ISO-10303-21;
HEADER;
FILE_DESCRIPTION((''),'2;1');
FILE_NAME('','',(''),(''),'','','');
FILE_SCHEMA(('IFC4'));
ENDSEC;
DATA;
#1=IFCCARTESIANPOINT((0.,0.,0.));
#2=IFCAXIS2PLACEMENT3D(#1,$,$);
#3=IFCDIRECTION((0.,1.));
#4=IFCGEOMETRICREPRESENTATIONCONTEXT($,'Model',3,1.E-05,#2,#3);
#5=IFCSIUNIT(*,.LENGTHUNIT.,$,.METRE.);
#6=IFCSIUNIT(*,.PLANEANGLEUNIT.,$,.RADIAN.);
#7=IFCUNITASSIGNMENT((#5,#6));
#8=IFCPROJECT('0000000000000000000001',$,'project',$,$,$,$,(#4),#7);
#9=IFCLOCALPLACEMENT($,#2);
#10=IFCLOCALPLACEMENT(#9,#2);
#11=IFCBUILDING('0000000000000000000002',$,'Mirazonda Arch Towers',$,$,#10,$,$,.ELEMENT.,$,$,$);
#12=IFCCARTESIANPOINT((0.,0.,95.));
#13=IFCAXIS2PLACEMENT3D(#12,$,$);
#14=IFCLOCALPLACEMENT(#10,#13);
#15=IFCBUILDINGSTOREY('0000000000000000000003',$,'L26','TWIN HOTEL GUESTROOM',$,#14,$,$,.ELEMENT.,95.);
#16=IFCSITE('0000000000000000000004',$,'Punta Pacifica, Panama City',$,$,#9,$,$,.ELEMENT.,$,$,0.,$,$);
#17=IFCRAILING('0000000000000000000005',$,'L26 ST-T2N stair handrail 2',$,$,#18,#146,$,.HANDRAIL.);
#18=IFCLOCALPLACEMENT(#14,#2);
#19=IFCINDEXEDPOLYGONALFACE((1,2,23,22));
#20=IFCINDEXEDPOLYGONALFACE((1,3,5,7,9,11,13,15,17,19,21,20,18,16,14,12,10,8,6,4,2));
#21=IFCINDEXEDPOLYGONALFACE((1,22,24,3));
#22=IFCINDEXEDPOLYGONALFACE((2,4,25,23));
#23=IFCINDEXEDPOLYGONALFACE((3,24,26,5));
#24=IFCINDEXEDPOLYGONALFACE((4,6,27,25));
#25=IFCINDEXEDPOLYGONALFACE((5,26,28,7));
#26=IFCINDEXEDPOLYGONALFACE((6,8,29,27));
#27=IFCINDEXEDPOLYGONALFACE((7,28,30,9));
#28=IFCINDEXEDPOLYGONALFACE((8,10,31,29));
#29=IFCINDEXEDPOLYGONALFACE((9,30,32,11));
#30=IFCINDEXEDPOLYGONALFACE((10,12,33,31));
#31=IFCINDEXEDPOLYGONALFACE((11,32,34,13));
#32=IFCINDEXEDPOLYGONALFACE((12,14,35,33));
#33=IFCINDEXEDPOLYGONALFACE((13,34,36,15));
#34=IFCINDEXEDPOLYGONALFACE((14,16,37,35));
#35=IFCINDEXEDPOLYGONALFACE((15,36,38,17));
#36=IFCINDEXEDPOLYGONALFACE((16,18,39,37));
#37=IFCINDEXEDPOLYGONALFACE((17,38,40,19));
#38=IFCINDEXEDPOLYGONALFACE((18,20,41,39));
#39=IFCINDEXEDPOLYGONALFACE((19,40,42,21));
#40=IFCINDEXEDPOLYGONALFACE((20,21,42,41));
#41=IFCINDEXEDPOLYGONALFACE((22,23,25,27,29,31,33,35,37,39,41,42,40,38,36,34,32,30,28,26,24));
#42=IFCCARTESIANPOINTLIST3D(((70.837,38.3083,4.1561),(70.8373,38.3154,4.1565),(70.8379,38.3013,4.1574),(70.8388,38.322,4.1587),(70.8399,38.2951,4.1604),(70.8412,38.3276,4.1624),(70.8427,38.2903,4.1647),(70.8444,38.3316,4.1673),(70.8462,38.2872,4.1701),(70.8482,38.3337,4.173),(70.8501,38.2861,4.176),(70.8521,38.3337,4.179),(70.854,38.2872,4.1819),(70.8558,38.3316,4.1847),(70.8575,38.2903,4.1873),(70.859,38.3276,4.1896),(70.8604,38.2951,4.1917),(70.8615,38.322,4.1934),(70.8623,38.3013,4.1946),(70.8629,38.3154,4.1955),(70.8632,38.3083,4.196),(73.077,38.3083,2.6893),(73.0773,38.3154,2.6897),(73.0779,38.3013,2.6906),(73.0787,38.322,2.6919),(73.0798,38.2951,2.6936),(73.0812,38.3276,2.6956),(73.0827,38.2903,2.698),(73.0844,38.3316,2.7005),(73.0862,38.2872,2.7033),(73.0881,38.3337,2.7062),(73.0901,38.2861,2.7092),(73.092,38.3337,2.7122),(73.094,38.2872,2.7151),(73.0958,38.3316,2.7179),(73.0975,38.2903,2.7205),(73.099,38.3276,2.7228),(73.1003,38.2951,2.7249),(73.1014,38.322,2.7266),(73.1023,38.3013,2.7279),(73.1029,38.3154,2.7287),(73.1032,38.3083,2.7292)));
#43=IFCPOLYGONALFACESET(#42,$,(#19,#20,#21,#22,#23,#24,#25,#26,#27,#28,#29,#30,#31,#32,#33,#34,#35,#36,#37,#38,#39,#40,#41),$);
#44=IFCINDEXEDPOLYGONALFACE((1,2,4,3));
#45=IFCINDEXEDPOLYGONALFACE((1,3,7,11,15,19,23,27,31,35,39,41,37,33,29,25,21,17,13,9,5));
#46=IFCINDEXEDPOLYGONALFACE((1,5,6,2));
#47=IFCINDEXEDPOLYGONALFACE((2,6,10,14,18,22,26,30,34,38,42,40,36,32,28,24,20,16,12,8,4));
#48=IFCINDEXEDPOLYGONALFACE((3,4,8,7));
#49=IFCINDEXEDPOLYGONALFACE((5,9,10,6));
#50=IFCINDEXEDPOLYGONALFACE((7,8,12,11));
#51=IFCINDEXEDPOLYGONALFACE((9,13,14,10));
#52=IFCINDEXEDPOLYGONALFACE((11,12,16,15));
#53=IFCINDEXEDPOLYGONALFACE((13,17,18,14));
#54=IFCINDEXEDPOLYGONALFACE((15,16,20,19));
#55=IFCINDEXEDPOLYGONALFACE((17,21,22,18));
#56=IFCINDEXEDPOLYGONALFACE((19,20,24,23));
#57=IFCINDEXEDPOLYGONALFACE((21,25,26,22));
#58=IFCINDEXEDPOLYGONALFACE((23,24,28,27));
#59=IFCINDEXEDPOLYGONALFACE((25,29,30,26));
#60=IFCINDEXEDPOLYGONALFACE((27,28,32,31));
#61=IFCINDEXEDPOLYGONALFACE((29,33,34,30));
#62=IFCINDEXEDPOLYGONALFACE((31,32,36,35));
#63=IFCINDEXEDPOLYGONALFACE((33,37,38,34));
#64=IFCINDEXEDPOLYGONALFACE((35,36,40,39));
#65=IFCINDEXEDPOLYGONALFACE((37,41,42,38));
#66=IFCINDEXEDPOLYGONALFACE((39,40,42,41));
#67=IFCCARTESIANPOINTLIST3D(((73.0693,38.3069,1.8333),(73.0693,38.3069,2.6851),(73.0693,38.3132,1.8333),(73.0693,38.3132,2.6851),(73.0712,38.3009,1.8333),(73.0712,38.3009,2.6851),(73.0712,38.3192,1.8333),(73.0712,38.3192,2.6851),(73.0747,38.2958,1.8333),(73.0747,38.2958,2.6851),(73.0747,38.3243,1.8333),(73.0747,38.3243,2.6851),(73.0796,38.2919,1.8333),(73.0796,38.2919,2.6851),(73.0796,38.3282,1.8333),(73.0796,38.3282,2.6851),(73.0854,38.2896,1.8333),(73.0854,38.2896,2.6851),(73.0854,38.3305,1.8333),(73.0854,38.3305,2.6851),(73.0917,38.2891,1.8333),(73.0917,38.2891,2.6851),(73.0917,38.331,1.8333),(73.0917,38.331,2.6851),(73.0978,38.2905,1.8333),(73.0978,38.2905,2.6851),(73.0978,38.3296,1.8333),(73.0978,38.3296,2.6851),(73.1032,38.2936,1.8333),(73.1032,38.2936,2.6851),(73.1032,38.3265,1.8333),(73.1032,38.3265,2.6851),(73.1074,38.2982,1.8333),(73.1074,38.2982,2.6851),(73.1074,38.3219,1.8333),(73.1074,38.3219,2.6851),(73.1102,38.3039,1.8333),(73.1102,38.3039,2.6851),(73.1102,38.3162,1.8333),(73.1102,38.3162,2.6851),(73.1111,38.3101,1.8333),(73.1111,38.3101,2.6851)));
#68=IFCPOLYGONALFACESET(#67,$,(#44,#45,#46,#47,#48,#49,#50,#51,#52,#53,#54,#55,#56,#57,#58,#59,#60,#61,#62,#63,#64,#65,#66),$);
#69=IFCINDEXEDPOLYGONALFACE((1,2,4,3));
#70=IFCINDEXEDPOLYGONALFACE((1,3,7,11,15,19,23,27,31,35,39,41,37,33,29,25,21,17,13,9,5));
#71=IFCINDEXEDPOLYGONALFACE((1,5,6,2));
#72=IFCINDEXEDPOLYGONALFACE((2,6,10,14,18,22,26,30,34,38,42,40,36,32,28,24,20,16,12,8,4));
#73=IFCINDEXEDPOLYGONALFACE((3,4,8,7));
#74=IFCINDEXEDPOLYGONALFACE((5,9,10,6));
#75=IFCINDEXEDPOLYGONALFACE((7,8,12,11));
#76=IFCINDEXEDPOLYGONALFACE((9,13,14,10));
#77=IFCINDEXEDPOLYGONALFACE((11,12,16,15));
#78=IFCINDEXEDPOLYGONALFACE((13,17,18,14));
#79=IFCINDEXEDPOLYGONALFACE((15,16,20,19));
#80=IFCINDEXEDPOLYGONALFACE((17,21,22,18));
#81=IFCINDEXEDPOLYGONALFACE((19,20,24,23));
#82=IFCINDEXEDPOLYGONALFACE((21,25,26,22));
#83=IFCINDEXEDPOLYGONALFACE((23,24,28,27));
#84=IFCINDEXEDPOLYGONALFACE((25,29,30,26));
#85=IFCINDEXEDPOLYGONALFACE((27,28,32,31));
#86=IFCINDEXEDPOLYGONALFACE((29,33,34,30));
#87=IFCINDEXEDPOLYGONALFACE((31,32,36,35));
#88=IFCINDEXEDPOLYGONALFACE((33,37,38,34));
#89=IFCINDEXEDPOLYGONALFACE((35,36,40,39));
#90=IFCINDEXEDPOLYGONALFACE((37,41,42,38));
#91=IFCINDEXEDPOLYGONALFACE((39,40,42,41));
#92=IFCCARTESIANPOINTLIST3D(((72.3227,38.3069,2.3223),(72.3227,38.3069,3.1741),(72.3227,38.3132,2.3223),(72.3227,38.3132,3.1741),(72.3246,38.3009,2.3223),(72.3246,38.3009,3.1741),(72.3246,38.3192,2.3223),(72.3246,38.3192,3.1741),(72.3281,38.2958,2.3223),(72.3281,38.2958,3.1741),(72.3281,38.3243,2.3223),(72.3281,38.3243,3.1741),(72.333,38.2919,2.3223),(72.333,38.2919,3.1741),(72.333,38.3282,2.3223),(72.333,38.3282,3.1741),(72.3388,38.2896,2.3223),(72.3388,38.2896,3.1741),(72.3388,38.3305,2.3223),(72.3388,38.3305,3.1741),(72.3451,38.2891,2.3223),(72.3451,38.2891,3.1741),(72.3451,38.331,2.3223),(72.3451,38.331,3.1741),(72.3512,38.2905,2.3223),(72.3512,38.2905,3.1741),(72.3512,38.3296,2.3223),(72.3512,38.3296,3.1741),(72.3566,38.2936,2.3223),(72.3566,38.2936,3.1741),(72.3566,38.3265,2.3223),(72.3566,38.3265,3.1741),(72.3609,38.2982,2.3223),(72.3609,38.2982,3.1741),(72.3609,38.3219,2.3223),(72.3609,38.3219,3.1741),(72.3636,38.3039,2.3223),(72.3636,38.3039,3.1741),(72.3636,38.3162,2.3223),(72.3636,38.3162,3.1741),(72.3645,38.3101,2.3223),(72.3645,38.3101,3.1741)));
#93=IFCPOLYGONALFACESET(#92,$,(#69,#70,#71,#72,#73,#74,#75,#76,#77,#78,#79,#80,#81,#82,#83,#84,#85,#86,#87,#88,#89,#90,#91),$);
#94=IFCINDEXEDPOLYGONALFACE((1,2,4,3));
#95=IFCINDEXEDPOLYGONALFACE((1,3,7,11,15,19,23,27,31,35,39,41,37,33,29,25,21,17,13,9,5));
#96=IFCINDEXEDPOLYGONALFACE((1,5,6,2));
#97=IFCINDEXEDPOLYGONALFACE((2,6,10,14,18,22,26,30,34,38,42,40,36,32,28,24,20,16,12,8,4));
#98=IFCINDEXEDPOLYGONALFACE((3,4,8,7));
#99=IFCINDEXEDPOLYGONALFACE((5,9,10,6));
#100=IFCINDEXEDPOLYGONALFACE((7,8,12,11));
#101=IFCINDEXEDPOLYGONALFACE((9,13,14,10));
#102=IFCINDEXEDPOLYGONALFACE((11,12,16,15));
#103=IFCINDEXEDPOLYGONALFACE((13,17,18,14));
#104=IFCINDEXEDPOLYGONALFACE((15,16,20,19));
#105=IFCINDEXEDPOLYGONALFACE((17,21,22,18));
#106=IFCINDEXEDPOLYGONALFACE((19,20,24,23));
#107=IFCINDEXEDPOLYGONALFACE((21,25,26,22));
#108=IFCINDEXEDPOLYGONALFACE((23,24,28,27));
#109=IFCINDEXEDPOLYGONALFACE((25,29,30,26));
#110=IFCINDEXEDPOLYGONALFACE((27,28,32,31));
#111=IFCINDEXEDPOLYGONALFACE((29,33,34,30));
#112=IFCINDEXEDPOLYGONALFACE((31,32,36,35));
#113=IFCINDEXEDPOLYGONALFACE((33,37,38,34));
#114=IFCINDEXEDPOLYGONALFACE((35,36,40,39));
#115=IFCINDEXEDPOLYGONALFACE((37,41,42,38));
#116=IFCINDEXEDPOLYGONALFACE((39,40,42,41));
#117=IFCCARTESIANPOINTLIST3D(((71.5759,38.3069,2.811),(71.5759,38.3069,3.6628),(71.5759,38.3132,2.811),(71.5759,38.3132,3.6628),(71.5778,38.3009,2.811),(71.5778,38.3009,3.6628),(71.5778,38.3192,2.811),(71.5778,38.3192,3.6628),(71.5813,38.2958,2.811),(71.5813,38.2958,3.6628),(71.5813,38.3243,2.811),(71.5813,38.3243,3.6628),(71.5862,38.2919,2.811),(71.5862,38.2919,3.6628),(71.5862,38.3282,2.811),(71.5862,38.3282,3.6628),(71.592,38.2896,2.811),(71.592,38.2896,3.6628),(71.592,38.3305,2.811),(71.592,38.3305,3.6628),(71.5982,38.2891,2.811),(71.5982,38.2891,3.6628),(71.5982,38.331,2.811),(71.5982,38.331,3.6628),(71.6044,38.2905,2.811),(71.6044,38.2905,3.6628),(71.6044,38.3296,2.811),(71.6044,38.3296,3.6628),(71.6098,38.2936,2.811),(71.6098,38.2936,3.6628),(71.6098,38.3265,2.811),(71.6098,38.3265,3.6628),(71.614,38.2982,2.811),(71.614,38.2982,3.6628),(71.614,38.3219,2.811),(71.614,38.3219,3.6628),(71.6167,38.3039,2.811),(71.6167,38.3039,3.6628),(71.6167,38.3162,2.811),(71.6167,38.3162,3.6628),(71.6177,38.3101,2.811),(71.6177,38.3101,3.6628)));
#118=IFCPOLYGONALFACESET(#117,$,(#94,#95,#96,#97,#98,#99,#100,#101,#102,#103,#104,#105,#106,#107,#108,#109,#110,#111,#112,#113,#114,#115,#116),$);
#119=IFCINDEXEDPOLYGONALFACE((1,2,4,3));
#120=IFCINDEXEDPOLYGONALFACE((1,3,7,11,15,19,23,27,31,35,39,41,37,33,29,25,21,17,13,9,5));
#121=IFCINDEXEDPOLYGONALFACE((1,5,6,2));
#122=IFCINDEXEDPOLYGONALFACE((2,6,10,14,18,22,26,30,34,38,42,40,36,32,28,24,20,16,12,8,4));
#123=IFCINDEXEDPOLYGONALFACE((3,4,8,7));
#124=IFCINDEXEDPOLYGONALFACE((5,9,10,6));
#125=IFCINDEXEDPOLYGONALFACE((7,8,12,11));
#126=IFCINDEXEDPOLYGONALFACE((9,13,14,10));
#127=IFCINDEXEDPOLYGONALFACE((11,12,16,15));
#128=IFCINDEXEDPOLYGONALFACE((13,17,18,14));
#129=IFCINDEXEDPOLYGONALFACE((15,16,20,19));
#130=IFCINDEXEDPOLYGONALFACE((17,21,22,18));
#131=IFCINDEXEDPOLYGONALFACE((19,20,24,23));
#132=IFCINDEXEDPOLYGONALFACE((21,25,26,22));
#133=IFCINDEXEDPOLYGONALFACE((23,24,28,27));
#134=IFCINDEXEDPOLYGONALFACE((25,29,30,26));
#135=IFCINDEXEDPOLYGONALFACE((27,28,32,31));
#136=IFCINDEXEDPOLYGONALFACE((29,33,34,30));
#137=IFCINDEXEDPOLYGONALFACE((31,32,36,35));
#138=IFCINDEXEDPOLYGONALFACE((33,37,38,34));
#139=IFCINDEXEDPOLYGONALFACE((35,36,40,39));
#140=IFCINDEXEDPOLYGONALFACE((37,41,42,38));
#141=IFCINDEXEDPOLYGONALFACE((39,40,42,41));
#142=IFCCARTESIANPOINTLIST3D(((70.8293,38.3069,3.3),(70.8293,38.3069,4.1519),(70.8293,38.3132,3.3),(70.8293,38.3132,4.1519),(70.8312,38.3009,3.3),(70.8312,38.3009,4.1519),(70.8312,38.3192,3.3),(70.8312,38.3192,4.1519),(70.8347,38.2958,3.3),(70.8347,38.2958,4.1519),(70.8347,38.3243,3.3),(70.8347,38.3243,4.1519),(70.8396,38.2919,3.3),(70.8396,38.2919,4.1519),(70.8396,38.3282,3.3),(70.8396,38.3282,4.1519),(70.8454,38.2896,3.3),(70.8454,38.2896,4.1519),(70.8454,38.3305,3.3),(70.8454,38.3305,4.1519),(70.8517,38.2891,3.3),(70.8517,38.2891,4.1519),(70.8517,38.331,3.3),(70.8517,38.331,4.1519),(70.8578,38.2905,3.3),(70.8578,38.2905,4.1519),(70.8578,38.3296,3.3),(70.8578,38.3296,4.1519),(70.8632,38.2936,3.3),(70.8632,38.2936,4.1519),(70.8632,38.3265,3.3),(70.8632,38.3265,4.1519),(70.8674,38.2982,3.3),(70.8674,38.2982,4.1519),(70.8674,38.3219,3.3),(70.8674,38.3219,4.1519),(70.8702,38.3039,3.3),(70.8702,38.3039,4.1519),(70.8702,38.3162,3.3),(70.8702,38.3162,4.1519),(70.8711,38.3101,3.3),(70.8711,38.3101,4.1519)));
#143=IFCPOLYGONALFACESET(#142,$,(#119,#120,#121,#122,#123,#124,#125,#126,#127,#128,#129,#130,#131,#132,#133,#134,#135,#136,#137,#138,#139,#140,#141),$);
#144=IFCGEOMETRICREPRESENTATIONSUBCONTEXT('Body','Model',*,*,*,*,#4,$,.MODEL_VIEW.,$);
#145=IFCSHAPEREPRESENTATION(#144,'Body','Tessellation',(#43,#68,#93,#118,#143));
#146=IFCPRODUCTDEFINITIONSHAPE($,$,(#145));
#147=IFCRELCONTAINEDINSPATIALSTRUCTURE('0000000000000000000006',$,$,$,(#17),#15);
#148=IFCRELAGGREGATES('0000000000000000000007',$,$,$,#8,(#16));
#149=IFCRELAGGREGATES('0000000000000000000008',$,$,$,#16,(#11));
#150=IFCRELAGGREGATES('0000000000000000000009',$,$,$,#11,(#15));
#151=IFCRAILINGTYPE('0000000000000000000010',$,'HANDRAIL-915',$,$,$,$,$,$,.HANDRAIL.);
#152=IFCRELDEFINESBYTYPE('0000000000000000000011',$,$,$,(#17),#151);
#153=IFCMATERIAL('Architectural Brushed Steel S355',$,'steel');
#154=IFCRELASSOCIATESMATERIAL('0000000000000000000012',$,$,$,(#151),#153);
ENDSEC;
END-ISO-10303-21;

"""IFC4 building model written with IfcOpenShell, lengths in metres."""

from ifc_helpers import new_model, si_unit, direction, frame, origin, origin_2d, place, context, subcontext, project, spatial, circle, extrude, material, type_object, element, save


model = new_model("IFC4")

# Units and contexts
model_context = context("Model", 3, precision=1e-05, world=origin(), true_north=direction((0.0, 1.0)))
body_context = subcontext(model_context, "Body", "Model", "MODEL_VIEW")
ifc_project = project(units=[si_unit("LENGTHUNIT", "METRE"), si_unit("PLANEANGLEUNIT", "RADIAN")], contexts=[model_context])

# Site, building, storey
site_placement = place(None, origin())
site = spatial("IfcSite", under=ifc_project, at=site_placement, Name="Punta Pacifica, Panama City", CompositionType="ELEMENT", RefElevation=0.0)
building_placement = place(site_placement, origin())
building = spatial("IfcBuilding", under=site, at=building_placement, Name="Mirazonda Arch Towers", CompositionType="ELEMENT")
storey_placement = place(building_placement, frame((0.0, 0.0, 95.0)))
storey = spatial("IfcBuildingStorey", under=building, at=storey_placement, Name="L26", Description="TWIN HOTEL GUESTROOM", CompositionType="ELEMENT", Elevation=95.0)

# Railing
ifc_material_1 = material(Name="Architectural Brushed Steel S355", Category="steel")
railing_type_1 = type_object("IfcRailingType", Name="HANDRAIL-915", PredefinedType="HANDRAIL", material=ifc_material_1)
railing_1_placement = place(storey_placement, frame((73.0901, 38.3101, 1.8333)))
element("IfcRailing", 1, at=railing_1_placement, inside=storey, type_object=railing_type_1, Name="L26 ST-T2N stair handrail 2", PredefinedType="HANDRAIL", context=body_context, shape_type="SweptSolid", body=[
    extrude(circle(Radius=0.0239, at=origin_2d()), frame((0.0, 0.0, 0.876), z_axis=(-0.836595, 0.0, 0.547822), x_axis=(0.0, -1.0, 0.0)), (0.0, 0.0, 1.0), 2.6775),
    extrude(circle(Radius=0.021, at=origin_2d()), origin(), (0.0, 0.0, 1.0), 0.8518),
    extrude(circle(Radius=0.021, at=origin_2d()), frame((-0.7466, 0.0, 0.489)), (0.0, 0.0, 1.0), 0.8518),
    extrude(circle(Radius=0.021, at=origin_2d()), frame((-1.4934, 0.0, 0.9778)), (0.0, 0.0, 1.0), 0.8518),
    extrude(circle(Radius=0.021, at=origin_2d()), frame((-2.24, 0.0, 1.4668)), (0.0, 0.0, 1.0), 0.8518),
])

save(model, "model.ifc")
